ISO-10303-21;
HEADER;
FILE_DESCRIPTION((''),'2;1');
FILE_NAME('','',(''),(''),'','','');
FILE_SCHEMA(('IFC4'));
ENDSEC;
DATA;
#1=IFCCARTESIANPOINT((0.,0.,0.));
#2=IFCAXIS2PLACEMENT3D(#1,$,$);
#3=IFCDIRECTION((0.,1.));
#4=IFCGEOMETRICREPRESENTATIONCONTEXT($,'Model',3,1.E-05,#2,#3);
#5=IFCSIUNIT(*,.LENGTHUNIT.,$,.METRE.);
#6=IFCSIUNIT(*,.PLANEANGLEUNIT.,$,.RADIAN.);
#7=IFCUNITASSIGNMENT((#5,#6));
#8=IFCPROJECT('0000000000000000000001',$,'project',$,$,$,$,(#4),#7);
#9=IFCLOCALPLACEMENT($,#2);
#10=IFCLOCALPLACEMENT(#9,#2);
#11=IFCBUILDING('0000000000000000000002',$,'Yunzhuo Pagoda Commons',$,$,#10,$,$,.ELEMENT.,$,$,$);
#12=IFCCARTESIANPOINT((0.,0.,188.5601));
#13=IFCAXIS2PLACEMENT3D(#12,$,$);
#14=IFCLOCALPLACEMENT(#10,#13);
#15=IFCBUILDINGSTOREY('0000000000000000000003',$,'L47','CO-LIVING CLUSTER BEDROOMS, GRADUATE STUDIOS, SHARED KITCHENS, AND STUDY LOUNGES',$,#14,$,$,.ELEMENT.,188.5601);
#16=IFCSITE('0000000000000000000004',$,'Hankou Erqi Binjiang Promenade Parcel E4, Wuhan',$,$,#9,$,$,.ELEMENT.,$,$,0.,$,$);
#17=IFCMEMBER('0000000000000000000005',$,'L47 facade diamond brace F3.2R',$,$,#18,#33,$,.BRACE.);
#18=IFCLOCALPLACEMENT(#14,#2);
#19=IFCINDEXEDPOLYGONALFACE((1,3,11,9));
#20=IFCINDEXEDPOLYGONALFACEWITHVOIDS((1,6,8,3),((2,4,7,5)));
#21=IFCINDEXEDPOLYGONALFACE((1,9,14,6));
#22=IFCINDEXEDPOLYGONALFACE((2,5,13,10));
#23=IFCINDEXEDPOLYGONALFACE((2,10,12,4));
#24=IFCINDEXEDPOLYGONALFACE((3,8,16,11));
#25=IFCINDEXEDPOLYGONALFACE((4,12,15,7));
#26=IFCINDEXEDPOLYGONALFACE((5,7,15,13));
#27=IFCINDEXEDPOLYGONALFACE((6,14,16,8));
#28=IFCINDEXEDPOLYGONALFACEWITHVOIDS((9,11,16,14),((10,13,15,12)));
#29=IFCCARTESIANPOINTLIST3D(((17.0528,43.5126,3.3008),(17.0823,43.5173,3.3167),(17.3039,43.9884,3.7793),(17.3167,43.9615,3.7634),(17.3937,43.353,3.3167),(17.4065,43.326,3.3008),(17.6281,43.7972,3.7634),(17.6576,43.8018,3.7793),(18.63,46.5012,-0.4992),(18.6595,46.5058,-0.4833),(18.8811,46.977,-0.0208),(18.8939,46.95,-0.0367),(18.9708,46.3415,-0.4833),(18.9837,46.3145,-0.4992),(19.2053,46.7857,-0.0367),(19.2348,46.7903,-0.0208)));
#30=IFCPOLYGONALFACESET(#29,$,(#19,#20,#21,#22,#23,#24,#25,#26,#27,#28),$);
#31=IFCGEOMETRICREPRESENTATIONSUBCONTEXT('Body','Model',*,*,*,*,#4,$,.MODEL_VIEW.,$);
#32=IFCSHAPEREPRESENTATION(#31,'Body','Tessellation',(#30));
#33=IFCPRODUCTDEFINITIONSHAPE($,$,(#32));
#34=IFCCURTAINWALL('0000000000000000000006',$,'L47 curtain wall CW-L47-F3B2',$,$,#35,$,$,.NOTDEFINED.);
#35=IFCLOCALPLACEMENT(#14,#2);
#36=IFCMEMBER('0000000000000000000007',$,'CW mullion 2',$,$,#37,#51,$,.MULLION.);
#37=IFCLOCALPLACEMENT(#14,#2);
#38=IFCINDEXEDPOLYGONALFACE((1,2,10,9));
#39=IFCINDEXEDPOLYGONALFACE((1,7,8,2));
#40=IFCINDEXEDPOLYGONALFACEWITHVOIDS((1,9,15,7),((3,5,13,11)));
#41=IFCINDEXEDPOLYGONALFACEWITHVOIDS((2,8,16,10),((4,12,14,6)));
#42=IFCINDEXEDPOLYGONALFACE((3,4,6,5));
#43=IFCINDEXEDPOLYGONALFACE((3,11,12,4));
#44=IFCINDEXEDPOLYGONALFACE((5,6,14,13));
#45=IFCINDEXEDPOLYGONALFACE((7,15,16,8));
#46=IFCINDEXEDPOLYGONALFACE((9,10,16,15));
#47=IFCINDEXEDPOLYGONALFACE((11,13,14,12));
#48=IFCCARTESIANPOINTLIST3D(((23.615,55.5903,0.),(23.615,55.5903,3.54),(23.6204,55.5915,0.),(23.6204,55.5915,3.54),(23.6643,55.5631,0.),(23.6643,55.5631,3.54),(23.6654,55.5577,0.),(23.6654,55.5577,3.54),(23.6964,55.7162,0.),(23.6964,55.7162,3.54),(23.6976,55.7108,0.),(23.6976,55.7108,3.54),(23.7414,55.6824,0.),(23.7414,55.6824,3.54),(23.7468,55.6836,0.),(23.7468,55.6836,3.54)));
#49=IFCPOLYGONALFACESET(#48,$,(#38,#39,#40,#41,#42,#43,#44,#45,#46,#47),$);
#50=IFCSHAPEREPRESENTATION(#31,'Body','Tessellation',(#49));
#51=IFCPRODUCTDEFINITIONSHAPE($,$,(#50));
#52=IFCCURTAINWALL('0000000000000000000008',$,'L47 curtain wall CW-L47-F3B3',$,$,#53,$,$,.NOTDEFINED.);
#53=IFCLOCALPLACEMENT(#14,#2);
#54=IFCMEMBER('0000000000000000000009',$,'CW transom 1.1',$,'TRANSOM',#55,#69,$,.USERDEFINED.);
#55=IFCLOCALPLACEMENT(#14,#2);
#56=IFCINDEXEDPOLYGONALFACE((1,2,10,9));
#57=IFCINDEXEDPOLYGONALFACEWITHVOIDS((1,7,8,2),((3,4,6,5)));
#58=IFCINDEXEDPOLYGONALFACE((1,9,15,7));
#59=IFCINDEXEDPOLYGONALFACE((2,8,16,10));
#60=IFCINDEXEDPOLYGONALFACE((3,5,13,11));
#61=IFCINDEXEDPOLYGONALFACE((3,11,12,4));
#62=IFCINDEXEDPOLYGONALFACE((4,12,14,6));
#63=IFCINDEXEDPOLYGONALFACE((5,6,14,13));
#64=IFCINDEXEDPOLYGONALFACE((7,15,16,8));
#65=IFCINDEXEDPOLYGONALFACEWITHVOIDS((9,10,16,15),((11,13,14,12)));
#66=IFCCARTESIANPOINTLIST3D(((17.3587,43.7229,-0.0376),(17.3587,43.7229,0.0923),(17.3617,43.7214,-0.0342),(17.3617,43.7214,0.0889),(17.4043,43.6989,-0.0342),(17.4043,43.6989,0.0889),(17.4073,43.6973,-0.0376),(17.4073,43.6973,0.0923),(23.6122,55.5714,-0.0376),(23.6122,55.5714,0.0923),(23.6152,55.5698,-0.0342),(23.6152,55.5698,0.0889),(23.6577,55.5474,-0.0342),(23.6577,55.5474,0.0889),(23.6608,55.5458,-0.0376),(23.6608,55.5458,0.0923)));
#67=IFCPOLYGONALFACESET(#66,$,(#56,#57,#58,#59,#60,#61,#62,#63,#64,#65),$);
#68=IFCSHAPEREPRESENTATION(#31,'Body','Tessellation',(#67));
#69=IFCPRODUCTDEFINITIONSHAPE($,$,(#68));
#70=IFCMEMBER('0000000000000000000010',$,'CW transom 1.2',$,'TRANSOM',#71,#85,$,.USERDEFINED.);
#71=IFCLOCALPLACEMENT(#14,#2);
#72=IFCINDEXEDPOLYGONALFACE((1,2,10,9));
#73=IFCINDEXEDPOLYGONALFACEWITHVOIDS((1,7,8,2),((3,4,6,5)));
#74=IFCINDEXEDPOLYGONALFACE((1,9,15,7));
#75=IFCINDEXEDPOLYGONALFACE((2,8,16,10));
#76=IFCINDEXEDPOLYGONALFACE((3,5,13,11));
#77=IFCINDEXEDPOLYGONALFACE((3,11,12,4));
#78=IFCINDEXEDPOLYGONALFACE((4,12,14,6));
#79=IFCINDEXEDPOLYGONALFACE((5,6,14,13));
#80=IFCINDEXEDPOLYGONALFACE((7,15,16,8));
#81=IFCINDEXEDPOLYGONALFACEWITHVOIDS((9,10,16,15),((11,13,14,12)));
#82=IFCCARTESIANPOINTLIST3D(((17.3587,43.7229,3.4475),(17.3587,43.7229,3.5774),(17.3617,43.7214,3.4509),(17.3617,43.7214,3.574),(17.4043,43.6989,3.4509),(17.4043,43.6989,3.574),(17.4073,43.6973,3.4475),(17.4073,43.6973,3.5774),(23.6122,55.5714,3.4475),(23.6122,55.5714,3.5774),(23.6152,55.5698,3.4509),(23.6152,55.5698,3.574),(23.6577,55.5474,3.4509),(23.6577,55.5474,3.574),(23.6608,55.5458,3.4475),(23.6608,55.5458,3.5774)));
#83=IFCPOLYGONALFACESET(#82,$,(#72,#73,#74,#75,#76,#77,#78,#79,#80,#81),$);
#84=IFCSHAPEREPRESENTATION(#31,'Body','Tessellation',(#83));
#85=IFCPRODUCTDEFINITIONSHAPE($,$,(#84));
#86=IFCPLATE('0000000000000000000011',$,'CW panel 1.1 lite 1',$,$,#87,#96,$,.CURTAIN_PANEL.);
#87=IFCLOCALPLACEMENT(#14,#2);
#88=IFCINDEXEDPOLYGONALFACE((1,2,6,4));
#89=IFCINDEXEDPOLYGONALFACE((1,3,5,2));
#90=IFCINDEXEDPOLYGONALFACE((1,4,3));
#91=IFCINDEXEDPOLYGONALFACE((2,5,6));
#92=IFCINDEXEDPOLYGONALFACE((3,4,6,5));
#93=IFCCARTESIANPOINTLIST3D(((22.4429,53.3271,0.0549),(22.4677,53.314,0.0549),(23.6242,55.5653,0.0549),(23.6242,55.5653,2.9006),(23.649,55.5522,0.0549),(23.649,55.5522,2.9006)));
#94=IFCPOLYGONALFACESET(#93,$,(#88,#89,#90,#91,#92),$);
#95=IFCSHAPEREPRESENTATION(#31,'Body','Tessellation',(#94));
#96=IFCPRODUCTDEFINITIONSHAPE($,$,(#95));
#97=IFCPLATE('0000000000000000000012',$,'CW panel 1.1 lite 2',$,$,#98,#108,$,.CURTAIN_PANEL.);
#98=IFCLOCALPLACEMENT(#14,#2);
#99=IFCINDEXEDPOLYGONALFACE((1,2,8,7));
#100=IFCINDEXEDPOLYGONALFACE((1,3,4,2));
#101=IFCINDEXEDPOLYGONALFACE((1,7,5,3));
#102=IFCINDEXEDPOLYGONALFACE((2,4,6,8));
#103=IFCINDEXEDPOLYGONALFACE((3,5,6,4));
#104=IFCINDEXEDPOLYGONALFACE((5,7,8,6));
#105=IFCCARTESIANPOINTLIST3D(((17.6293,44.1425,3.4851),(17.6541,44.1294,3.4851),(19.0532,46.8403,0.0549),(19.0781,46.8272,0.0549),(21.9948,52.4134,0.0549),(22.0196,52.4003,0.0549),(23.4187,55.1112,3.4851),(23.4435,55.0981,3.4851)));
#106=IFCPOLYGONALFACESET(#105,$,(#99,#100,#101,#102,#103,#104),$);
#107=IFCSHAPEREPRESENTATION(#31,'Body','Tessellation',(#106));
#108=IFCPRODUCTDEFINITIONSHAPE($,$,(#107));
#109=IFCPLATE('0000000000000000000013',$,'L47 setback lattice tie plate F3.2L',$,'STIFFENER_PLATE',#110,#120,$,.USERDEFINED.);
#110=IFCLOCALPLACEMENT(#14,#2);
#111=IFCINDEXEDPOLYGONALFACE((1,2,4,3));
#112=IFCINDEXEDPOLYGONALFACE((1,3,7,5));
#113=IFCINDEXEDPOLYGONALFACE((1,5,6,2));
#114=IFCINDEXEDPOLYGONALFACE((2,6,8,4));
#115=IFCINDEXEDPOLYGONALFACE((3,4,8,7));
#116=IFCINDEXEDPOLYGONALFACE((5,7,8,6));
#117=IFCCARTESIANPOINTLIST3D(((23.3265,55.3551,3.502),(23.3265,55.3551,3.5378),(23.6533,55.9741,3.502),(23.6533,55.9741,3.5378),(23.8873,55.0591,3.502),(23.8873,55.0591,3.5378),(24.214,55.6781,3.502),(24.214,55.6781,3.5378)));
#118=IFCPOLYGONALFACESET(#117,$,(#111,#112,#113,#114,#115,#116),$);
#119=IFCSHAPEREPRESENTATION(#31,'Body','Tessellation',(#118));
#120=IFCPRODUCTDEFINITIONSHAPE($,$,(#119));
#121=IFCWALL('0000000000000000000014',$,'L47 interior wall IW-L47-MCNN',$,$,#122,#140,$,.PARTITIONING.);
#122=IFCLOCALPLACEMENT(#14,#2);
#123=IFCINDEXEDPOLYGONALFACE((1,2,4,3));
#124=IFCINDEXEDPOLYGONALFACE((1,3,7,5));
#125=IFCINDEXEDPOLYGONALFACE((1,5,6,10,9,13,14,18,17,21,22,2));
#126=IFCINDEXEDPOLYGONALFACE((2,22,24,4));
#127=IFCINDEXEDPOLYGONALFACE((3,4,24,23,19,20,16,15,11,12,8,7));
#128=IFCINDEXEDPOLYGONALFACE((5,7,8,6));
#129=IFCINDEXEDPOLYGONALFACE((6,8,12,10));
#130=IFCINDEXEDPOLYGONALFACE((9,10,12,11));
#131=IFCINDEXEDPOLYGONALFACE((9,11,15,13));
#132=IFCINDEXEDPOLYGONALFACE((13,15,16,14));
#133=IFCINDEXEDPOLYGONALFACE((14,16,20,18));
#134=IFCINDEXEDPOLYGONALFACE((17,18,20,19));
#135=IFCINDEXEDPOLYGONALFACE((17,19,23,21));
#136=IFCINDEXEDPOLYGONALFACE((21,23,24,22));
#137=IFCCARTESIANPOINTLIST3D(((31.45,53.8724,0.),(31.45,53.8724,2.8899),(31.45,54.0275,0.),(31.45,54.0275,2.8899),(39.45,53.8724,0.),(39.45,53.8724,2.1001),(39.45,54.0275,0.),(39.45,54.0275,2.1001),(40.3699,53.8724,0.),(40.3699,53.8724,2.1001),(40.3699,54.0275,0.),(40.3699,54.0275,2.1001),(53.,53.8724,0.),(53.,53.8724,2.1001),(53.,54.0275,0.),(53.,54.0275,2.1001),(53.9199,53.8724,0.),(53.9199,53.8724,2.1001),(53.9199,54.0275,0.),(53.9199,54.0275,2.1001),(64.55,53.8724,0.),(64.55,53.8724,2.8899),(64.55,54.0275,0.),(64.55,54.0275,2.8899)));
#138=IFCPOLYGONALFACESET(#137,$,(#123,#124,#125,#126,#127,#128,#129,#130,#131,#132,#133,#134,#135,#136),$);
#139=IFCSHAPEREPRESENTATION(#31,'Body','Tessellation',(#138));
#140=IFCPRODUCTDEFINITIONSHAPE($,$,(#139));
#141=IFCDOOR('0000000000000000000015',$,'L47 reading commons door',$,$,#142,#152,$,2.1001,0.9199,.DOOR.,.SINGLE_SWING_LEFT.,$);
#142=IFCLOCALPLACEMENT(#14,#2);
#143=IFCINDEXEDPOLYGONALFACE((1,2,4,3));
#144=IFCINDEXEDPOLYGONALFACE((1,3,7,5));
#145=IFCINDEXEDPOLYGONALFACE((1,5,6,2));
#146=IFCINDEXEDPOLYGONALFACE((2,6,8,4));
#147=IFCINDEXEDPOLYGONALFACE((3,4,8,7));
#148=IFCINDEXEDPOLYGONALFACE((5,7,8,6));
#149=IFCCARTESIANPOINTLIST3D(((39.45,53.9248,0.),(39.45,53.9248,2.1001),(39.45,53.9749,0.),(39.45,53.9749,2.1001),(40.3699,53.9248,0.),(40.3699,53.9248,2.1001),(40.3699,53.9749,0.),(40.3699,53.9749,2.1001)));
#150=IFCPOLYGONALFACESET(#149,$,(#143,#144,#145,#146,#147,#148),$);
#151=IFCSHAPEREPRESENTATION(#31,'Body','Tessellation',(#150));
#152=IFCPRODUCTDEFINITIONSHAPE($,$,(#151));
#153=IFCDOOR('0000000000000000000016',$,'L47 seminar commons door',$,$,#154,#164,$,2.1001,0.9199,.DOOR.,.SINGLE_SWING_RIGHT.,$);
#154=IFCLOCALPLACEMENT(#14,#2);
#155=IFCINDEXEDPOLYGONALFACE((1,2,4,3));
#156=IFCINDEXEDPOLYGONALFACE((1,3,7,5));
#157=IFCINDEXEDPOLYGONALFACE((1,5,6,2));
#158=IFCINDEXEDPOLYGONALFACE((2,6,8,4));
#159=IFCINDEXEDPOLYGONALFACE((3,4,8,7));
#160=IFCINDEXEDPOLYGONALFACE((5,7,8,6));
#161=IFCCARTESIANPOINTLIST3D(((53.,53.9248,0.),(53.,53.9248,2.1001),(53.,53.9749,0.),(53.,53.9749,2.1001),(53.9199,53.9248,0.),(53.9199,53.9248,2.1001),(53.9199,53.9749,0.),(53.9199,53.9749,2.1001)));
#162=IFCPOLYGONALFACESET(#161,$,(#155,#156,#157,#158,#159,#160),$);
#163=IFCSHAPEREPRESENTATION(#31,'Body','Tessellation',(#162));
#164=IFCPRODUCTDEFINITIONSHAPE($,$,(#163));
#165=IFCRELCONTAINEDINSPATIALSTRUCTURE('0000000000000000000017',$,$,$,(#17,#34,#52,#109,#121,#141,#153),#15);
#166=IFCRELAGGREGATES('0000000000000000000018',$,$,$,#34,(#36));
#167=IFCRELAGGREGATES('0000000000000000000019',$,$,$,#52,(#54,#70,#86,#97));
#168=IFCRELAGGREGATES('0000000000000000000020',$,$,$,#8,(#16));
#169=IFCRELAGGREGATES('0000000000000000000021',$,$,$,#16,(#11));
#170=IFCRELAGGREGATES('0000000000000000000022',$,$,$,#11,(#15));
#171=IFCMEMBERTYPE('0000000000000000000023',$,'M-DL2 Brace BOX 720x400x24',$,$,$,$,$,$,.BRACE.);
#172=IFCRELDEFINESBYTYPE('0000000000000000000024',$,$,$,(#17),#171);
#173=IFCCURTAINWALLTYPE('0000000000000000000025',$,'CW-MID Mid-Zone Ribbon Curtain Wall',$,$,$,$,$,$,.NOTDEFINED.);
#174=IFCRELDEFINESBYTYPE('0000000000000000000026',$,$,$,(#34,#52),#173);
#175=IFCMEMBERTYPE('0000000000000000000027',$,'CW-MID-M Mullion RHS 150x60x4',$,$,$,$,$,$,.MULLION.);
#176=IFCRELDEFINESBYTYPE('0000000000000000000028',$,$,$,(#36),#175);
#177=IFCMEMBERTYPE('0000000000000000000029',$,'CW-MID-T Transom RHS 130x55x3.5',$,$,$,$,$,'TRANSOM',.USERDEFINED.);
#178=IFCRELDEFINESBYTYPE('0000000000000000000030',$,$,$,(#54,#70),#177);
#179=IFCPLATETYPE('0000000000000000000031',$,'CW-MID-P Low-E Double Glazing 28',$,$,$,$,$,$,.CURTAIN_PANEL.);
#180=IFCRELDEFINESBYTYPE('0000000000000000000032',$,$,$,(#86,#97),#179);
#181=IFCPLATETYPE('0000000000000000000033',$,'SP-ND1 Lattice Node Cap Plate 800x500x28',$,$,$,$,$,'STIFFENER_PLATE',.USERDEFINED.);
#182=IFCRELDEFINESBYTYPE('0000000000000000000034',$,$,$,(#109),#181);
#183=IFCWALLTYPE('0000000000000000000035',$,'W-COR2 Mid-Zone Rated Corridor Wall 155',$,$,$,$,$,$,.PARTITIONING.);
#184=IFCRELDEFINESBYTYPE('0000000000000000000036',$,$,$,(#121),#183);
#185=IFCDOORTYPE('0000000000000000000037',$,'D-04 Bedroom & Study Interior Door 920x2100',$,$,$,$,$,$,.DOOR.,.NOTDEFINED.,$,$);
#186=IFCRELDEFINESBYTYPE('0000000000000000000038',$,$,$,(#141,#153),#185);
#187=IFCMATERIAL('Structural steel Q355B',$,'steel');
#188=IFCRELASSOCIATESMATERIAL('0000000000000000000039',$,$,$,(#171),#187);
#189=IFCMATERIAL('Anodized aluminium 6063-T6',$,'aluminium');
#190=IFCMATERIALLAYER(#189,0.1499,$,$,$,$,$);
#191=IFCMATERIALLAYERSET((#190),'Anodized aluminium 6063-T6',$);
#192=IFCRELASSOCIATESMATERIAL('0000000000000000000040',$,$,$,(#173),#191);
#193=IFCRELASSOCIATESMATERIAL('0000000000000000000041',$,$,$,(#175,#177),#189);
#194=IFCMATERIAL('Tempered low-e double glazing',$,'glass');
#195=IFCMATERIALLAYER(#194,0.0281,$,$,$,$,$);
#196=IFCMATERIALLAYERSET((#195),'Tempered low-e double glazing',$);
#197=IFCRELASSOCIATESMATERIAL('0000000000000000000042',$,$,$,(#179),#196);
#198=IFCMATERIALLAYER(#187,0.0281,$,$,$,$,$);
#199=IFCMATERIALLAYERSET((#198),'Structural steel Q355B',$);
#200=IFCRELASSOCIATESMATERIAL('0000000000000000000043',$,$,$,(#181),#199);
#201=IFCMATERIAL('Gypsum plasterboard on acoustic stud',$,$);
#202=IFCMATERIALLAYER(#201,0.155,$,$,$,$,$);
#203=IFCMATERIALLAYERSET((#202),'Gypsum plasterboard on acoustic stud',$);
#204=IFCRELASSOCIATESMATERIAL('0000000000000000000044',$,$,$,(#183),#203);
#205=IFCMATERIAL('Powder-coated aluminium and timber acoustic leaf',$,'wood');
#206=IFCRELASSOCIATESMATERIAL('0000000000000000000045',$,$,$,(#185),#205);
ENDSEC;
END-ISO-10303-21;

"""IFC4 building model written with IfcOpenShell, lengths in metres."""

from ifc_helpers import new_model, si_unit, direction, frame, frame_2d, origin, origin_with_axes, origin_2d, place, context, subcontext, project, spatial, polyline, rectangle, hollow_rectangle, outline, extrude, source, transform, mapped, material, layer, layer_set, material_profile, profile_set, type_object, element, fill, aggregate, save


model = new_model("IFC4")

# Units and contexts
model_context = context("Model", 3, precision=1e-05, world=origin(), true_north=direction((0.0, 1.0)))
body_context = subcontext(model_context, "Body", "Model", "MODEL_VIEW")
ifc_project = project(units=[si_unit("LENGTHUNIT", "METRE"), si_unit("PLANEANGLEUNIT", "RADIAN")], contexts=[model_context])

# Site, building, storey
site_placement = place(None, origin())
site = spatial("IfcSite", under=ifc_project, at=site_placement, Name="Hankou Erqi Binjiang Promenade Parcel E4, Wuhan", CompositionType="ELEMENT", RefElevation=0.0)
building_placement = place(site_placement, origin())
building = spatial("IfcBuilding", under=site, at=building_placement, Name="Yunzhuo Pagoda Commons", CompositionType="ELEMENT")
storey_placement = place(building_placement, frame((0.0, 0.0, 188.5601)))
storey = spatial("IfcBuildingStorey", under=building, at=storey_placement, Name="L47", Description="CO-LIVING CLUSTER BEDROOMS, GRADUATE STUDIOS, SHARED KITCHENS, AND STUDY LOUNGES", CompositionType="ELEMENT", Elevation=188.5601)

# Shared definitions
ifc_material_1 = material(Name="Structural steel Q355B", Category="steel")

# Member
ifc_material_profile_1 = material_profile(ifc_material_1, hollow_rectangle(XDim=0.3999, YDim=0.72, WallThickness=0.0239, at=origin_2d()), Name="Structural steel Q355B")
ifc_profile_set_1 = profile_set([ifc_material_profile_1], Name="Structural steel Q355B")
member_type_1 = type_object("IfcMemberType", Name="M-DL2 Brace BOX 720x400x24", PredefinedType="BRACE", material=ifc_profile_set_1)
shared_shape_1 = source(origin(), body_context, "Body", "SweptSolid", [
    extrude(hollow_rectangle(XDim=0.3999, YDim=0.72, WallThickness=0.0239, at=origin_2d()), origin(), (0.0, 0.0, 1.0), 5.0852),
])
member_1_placement = place(storey_placement, frame((18.9324, 46.6458, -0.26), z_axis=(-0.310146, -0.587693, 0.747279), x_axis=(0.8844, -0.466729, 0.0)))
element("IfcMember", 1, at=member_1_placement, inside=storey, type_object=member_type_1, Name="L47 facade diamond brace F3.2R", PredefinedType="BRACE", context=body_context, shape_type="MappedRepresentation", body=[
    mapped(shared_shape_1, transform((0.0, 0.0, 0.0), scale=1.0)),
])

# Curtain wall, member
ifc_material_2 = material(Name="Anodized aluminium 6063-T6", Category="aluminium")
ifc_layer_1 = layer(ifc_material_2, 0.1499)
ifc_layer_set_1 = layer_set([ifc_layer_1], Name="Anodized aluminium 6063-T6")
curtain_wall_type = type_object("IfcCurtainWallType", Name="CW-MID Mid-Zone Ribbon Curtain Wall", PredefinedType="NOTDEFINED", material=ifc_layer_set_1)
curtain_wall_1_placement = place(storey_placement, origin())
curtain_wall_1 = element("IfcCurtainWall", 2, at=curtain_wall_1_placement, inside=storey, type_object=curtain_wall_type, Name="L47 curtain wall CW-L47-F3B2", PredefinedType="NOTDEFINED")
ifc_material_profile_2 = material_profile(ifc_material_2, hollow_rectangle(XDim=0.0601, YDim=0.1499, WallThickness=0.0039, at=origin_2d()), Name="Anodized aluminium 6063-T6")
ifc_profile_set_2 = profile_set([ifc_material_profile_2], Name="Anodized aluminium 6063-T6")
member_type_2 = type_object("IfcMemberType", Name="CW-MID-M Mullion RHS 150x60x4", PredefinedType="MULLION", material=ifc_profile_set_2)
shared_shape_2 = source(origin(), body_context, "Body", "SweptSolid", [
    extrude(hollow_rectangle(XDim=0.0601, YDim=0.1499, WallThickness=0.0039, at=origin_2d()), origin(), (0.0, 0.0, 1.0), 3.54),
])
member_2_placement = place(storey_placement, frame((23.6809, 55.637, 0.0), z_axis=(0.0, 0.0, 1.0), x_axis=(0.839627, -0.543164, 0.0)))
member_2 = element("IfcMember", 3, at=member_2_placement, type_object=member_type_2, Name="CW mullion 2", PredefinedType="MULLION", context=body_context, shape_type="MappedRepresentation", body=[
    mapped(shared_shape_2, transform((0.0, 0.0, 0.0), scale=1.0)),
])
aggregate(curtain_wall_1, [member_2])

# Curtain wall, members, plates
curtain_wall_2_placement = place(storey_placement, origin())
curtain_wall_2 = element("IfcCurtainWall", 4, at=curtain_wall_2_placement, inside=storey, type_object=curtain_wall_type, Name="L47 curtain wall CW-L47-F3B3", PredefinedType="NOTDEFINED")
ifc_material_profile_3 = material_profile(ifc_material_2, hollow_rectangle(XDim=0.0549, YDim=0.1299, WallThickness=0.0034, at=origin_2d()), Name="Anodized aluminium 6063-T6")
ifc_profile_set_3 = profile_set([ifc_material_profile_3], Name="Anodized aluminium 6063-T6")
member_type_3 = type_object("IfcMemberType", Name="CW-MID-T Transom RHS 130x55x3.5", ElementType="TRANSOM", PredefinedType="USERDEFINED", material=ifc_profile_set_3)
shared_shape_3 = source(origin(), body_context, "Body", "SweptSolid", [
    extrude(hollow_rectangle(XDim=0.0549, YDim=0.1299, WallThickness=0.0034, at=origin_2d()), origin(), (0.0, 0.0, 1.0), 13.3975),
])
member_3_placement = place(storey_placement, frame((23.6365, 55.5586, 0.0273), z_axis=(-0.466765, -0.884382, 0.0), x_axis=(0.884382, -0.466765, 0.0)))
member_3 = element("IfcMember", 5, at=member_3_placement, type_object=member_type_3, Name="CW transom 1.1", ObjectType="TRANSOM", PredefinedType="USERDEFINED", context=body_context, shape_type="MappedRepresentation", body=[
    mapped(shared_shape_3, transform((0.0, 0.0, 0.0), scale=1.0)),
])
member_4_placement = place(storey_placement, frame((23.6365, 55.5586, 3.5125), z_axis=(-0.466765, -0.884382, 0.0), x_axis=(0.884382, -0.466765, 0.0)))
member_4 = element("IfcMember", 6, at=member_4_placement, type_object=member_type_3, Name="CW transom 1.2", ObjectType="TRANSOM", PredefinedType="USERDEFINED", context=body_context, shape_type="MappedRepresentation", body=[
    mapped(shared_shape_3, transform((0.0, 0.0, 0.0), scale=1.0)),
])
ifc_material_3 = material(Name="Tempered low-e double glazing", Category="glass")
ifc_layer_2 = layer(ifc_material_3, 0.0281)
ifc_layer_set_2 = layer_set([ifc_layer_2], Name="Tempered low-e double glazing")
plate_type_1 = type_object("IfcPlateType", Name="CW-MID-P Low-E Double Glazing 28", PredefinedType="CURTAIN_PANEL", material=ifc_layer_set_2)
plate_1_placement = place(storey_placement, frame((23.0583, 54.4331, 1.4778), z_axis=(-0.884373, 0.466781, 0.0), x_axis=(-0.466781, -0.884373, 0.0)))
plate_1 = element("IfcPlate", 7, at=plate_1_placement, type_object=plate_type_1, Name="CW panel 1.1 lite 1", PredefinedType="CURTAIN_PANEL", context=body_context, shape_type="SweptSolid", body=[
    extrude(outline(polyline([(-1.2654, -1.4229), (1.2654, -1.4229), (-1.2654, 1.4229), (-1.2654, -1.4229)])), origin(), (0.0, 0.0, 1.0), 0.0281),
])
plate_2_placement = place(storey_placement, frame((20.5488, 49.6138, 1.77), z_axis=(-0.884373, 0.466781, 0.0), x_axis=(-0.466781, -0.884373, 0.0)))
plate_2 = element("IfcPlate", 8, at=plate_2_placement, type_object=plate_type_1, Name="CW panel 1.1 lite 2", PredefinedType="CURTAIN_PANEL", context=body_context, shape_type="SweptSolid", body=[
    extrude(outline(polyline([(-6.2014, 1.7151), (-3.1509, -1.7151), (3.1509, -1.7151), (6.2014, 1.7151), (-6.2014, 1.7151)])), origin(), (0.0, 0.0, 1.0), 0.0281),
])
aggregate(curtain_wall_2, [member_3, member_4, plate_1, plate_2])

# Plate
ifc_layer_3 = layer(ifc_material_1, 0.0281)
ifc_layer_set_3 = layer_set([ifc_layer_3], Name="Structural steel Q355B")
plate_type_2 = type_object("IfcPlateType", Name="SP-ND1 Lattice Node Cap Plate 800x500x28", ElementType="STIFFENER_PLATE", PredefinedType="USERDEFINED", material=ifc_layer_set_3)
shared_shape_4 = source(origin(), body_context, "Body", "SweptSolid", [
    extrude(rectangle(XDim=0.7, YDim=0.634, at=origin_2d()), origin(), (0.0, 0.0, 1.0), 0.0359),
])
plate_3_placement = place(storey_placement, frame((23.7703, 55.5166, 3.502), z_axis=(0.0, 0.0, 1.0), x_axis=(-0.466788, -0.884369, 0.0)))
element("IfcPlate", 9, at=plate_3_placement, inside=storey, type_object=plate_type_2, Name="L47 setback lattice tie plate F3.2L", ObjectType="STIFFENER_PLATE", PredefinedType="USERDEFINED", context=body_context, shape_type="MappedRepresentation", body=[
    mapped(shared_shape_4, transform((0.0, 0.0, 0.0), scale=1.0)),
])

# Wall, openings, doors
ifc_material_4 = material(Name="Gypsum plasterboard on acoustic stud")
ifc_layer_4 = layer(ifc_material_4, 0.155)
ifc_layer_set_4 = layer_set([ifc_layer_4], Name="Gypsum plasterboard on acoustic stud")
wall_type_1 = type_object("IfcWallType", Name="W-COR2 Mid-Zone Rated Corridor Wall 155", PredefinedType="PARTITIONING", material=ifc_layer_set_4)
wall_1_placement = place(storey_placement, frame((31.45, 53.95, 0.0), z_axis=(0.0, 0.0, 1.0), x_axis=(1.0, 0.0, 0.0)))
wall_1 = element("IfcWall", 10, at=wall_1_placement, inside=storey, type_object=wall_type_1, Name="L47 interior wall IW-L47-MCNN", PredefinedType="PARTITIONING", context=body_context, shape_type="SweptSolid", body=[
    extrude(rectangle(XDim=33.1001, YDim=0.155, at=frame_2d((16.55, 0.0))), origin(), (0.0, 0.0, 1.0), 2.8899),
])
opening_1_placement = place(wall_1_placement, frame((8.0, 0.0, 0.0)))
opening_1 = element("IfcOpeningElement", 11, at=opening_1_placement, cuts=wall_1, PredefinedType="OPENING", context=body_context, shape_type="SweptSolid", body=[
    extrude(rectangle(XDim=0.9199, YDim=2.1001, at=frame_2d((0.46, 1.05))), frame((0.0, 0.0874, 0.0), z_axis=(0.0, -1.0, 0.0), x_axis=(1.0, 0.0, 0.0)), (0.0, 0.0, 1.0), 0.175),
])
opening_2_placement = place(wall_1_placement, frame((21.55, 0.0, 0.0)))
opening_2 = element("IfcOpeningElement", 12, at=opening_2_placement, cuts=wall_1, PredefinedType="OPENING", context=body_context, shape_type="SweptSolid", body=[
    extrude(rectangle(XDim=0.9199, YDim=2.1001, at=frame_2d((0.46, 1.05))), frame((0.0, 0.0874, 0.0), z_axis=(0.0, -1.0, 0.0), x_axis=(1.0, 0.0, 0.0)), (0.0, 0.0, 1.0), 0.175),
])
ifc_material_5 = material(Name="Powder-coated aluminium and timber acoustic leaf", Category="wood")
door_type_1 = type_object("IfcDoorType", Name="D-04 Bedroom & Study Interior Door 920x2100", OperationType="NOTDEFINED", PredefinedType="DOOR", material=ifc_material_5)
shared_shape_5 = source(origin(), body_context, "Body", "SweptSolid", [
    extrude(rectangle(XDim=0.9199, YDim=2.1001, at=frame_2d((0.46, 1.05))), frame((0.0, 0.0249, 0.0), z_axis=(0.0, -1.0, 0.0), x_axis=(1.0, 0.0, 0.0)), (0.0, 0.0, 1.0), 0.05),
])
door_1_placement = place(opening_1_placement, origin_with_axes())
door_1 = element("IfcDoor", 13, at=door_1_placement, inside=storey, type_object=door_type_1, Name="L47 reading commons door", OperationType="SINGLE_SWING_LEFT", OverallHeight=2.1001, OverallWidth=0.9199, PredefinedType="DOOR", context=body_context, shape_type="MappedRepresentation", body=[
    mapped(shared_shape_5, transform((0.0, 0.0, 0.0), scale=1.0)),
])
fill(opening_1, door_1)
door_2_placement = place(opening_2_placement, origin_with_axes())
door_2 = element("IfcDoor", 14, at=door_2_placement, inside=storey, type_object=door_type_1, Name="L47 seminar commons door", OperationType="SINGLE_SWING_RIGHT", OverallHeight=2.1001, OverallWidth=0.9199, PredefinedType="DOOR", context=body_context, shape_type="MappedRepresentation", body=[
    mapped(shared_shape_5, transform((0.0, 0.0, 0.0), scale=1.0)),
])
fill(opening_2, door_2)

save(model, "model.ifc")
